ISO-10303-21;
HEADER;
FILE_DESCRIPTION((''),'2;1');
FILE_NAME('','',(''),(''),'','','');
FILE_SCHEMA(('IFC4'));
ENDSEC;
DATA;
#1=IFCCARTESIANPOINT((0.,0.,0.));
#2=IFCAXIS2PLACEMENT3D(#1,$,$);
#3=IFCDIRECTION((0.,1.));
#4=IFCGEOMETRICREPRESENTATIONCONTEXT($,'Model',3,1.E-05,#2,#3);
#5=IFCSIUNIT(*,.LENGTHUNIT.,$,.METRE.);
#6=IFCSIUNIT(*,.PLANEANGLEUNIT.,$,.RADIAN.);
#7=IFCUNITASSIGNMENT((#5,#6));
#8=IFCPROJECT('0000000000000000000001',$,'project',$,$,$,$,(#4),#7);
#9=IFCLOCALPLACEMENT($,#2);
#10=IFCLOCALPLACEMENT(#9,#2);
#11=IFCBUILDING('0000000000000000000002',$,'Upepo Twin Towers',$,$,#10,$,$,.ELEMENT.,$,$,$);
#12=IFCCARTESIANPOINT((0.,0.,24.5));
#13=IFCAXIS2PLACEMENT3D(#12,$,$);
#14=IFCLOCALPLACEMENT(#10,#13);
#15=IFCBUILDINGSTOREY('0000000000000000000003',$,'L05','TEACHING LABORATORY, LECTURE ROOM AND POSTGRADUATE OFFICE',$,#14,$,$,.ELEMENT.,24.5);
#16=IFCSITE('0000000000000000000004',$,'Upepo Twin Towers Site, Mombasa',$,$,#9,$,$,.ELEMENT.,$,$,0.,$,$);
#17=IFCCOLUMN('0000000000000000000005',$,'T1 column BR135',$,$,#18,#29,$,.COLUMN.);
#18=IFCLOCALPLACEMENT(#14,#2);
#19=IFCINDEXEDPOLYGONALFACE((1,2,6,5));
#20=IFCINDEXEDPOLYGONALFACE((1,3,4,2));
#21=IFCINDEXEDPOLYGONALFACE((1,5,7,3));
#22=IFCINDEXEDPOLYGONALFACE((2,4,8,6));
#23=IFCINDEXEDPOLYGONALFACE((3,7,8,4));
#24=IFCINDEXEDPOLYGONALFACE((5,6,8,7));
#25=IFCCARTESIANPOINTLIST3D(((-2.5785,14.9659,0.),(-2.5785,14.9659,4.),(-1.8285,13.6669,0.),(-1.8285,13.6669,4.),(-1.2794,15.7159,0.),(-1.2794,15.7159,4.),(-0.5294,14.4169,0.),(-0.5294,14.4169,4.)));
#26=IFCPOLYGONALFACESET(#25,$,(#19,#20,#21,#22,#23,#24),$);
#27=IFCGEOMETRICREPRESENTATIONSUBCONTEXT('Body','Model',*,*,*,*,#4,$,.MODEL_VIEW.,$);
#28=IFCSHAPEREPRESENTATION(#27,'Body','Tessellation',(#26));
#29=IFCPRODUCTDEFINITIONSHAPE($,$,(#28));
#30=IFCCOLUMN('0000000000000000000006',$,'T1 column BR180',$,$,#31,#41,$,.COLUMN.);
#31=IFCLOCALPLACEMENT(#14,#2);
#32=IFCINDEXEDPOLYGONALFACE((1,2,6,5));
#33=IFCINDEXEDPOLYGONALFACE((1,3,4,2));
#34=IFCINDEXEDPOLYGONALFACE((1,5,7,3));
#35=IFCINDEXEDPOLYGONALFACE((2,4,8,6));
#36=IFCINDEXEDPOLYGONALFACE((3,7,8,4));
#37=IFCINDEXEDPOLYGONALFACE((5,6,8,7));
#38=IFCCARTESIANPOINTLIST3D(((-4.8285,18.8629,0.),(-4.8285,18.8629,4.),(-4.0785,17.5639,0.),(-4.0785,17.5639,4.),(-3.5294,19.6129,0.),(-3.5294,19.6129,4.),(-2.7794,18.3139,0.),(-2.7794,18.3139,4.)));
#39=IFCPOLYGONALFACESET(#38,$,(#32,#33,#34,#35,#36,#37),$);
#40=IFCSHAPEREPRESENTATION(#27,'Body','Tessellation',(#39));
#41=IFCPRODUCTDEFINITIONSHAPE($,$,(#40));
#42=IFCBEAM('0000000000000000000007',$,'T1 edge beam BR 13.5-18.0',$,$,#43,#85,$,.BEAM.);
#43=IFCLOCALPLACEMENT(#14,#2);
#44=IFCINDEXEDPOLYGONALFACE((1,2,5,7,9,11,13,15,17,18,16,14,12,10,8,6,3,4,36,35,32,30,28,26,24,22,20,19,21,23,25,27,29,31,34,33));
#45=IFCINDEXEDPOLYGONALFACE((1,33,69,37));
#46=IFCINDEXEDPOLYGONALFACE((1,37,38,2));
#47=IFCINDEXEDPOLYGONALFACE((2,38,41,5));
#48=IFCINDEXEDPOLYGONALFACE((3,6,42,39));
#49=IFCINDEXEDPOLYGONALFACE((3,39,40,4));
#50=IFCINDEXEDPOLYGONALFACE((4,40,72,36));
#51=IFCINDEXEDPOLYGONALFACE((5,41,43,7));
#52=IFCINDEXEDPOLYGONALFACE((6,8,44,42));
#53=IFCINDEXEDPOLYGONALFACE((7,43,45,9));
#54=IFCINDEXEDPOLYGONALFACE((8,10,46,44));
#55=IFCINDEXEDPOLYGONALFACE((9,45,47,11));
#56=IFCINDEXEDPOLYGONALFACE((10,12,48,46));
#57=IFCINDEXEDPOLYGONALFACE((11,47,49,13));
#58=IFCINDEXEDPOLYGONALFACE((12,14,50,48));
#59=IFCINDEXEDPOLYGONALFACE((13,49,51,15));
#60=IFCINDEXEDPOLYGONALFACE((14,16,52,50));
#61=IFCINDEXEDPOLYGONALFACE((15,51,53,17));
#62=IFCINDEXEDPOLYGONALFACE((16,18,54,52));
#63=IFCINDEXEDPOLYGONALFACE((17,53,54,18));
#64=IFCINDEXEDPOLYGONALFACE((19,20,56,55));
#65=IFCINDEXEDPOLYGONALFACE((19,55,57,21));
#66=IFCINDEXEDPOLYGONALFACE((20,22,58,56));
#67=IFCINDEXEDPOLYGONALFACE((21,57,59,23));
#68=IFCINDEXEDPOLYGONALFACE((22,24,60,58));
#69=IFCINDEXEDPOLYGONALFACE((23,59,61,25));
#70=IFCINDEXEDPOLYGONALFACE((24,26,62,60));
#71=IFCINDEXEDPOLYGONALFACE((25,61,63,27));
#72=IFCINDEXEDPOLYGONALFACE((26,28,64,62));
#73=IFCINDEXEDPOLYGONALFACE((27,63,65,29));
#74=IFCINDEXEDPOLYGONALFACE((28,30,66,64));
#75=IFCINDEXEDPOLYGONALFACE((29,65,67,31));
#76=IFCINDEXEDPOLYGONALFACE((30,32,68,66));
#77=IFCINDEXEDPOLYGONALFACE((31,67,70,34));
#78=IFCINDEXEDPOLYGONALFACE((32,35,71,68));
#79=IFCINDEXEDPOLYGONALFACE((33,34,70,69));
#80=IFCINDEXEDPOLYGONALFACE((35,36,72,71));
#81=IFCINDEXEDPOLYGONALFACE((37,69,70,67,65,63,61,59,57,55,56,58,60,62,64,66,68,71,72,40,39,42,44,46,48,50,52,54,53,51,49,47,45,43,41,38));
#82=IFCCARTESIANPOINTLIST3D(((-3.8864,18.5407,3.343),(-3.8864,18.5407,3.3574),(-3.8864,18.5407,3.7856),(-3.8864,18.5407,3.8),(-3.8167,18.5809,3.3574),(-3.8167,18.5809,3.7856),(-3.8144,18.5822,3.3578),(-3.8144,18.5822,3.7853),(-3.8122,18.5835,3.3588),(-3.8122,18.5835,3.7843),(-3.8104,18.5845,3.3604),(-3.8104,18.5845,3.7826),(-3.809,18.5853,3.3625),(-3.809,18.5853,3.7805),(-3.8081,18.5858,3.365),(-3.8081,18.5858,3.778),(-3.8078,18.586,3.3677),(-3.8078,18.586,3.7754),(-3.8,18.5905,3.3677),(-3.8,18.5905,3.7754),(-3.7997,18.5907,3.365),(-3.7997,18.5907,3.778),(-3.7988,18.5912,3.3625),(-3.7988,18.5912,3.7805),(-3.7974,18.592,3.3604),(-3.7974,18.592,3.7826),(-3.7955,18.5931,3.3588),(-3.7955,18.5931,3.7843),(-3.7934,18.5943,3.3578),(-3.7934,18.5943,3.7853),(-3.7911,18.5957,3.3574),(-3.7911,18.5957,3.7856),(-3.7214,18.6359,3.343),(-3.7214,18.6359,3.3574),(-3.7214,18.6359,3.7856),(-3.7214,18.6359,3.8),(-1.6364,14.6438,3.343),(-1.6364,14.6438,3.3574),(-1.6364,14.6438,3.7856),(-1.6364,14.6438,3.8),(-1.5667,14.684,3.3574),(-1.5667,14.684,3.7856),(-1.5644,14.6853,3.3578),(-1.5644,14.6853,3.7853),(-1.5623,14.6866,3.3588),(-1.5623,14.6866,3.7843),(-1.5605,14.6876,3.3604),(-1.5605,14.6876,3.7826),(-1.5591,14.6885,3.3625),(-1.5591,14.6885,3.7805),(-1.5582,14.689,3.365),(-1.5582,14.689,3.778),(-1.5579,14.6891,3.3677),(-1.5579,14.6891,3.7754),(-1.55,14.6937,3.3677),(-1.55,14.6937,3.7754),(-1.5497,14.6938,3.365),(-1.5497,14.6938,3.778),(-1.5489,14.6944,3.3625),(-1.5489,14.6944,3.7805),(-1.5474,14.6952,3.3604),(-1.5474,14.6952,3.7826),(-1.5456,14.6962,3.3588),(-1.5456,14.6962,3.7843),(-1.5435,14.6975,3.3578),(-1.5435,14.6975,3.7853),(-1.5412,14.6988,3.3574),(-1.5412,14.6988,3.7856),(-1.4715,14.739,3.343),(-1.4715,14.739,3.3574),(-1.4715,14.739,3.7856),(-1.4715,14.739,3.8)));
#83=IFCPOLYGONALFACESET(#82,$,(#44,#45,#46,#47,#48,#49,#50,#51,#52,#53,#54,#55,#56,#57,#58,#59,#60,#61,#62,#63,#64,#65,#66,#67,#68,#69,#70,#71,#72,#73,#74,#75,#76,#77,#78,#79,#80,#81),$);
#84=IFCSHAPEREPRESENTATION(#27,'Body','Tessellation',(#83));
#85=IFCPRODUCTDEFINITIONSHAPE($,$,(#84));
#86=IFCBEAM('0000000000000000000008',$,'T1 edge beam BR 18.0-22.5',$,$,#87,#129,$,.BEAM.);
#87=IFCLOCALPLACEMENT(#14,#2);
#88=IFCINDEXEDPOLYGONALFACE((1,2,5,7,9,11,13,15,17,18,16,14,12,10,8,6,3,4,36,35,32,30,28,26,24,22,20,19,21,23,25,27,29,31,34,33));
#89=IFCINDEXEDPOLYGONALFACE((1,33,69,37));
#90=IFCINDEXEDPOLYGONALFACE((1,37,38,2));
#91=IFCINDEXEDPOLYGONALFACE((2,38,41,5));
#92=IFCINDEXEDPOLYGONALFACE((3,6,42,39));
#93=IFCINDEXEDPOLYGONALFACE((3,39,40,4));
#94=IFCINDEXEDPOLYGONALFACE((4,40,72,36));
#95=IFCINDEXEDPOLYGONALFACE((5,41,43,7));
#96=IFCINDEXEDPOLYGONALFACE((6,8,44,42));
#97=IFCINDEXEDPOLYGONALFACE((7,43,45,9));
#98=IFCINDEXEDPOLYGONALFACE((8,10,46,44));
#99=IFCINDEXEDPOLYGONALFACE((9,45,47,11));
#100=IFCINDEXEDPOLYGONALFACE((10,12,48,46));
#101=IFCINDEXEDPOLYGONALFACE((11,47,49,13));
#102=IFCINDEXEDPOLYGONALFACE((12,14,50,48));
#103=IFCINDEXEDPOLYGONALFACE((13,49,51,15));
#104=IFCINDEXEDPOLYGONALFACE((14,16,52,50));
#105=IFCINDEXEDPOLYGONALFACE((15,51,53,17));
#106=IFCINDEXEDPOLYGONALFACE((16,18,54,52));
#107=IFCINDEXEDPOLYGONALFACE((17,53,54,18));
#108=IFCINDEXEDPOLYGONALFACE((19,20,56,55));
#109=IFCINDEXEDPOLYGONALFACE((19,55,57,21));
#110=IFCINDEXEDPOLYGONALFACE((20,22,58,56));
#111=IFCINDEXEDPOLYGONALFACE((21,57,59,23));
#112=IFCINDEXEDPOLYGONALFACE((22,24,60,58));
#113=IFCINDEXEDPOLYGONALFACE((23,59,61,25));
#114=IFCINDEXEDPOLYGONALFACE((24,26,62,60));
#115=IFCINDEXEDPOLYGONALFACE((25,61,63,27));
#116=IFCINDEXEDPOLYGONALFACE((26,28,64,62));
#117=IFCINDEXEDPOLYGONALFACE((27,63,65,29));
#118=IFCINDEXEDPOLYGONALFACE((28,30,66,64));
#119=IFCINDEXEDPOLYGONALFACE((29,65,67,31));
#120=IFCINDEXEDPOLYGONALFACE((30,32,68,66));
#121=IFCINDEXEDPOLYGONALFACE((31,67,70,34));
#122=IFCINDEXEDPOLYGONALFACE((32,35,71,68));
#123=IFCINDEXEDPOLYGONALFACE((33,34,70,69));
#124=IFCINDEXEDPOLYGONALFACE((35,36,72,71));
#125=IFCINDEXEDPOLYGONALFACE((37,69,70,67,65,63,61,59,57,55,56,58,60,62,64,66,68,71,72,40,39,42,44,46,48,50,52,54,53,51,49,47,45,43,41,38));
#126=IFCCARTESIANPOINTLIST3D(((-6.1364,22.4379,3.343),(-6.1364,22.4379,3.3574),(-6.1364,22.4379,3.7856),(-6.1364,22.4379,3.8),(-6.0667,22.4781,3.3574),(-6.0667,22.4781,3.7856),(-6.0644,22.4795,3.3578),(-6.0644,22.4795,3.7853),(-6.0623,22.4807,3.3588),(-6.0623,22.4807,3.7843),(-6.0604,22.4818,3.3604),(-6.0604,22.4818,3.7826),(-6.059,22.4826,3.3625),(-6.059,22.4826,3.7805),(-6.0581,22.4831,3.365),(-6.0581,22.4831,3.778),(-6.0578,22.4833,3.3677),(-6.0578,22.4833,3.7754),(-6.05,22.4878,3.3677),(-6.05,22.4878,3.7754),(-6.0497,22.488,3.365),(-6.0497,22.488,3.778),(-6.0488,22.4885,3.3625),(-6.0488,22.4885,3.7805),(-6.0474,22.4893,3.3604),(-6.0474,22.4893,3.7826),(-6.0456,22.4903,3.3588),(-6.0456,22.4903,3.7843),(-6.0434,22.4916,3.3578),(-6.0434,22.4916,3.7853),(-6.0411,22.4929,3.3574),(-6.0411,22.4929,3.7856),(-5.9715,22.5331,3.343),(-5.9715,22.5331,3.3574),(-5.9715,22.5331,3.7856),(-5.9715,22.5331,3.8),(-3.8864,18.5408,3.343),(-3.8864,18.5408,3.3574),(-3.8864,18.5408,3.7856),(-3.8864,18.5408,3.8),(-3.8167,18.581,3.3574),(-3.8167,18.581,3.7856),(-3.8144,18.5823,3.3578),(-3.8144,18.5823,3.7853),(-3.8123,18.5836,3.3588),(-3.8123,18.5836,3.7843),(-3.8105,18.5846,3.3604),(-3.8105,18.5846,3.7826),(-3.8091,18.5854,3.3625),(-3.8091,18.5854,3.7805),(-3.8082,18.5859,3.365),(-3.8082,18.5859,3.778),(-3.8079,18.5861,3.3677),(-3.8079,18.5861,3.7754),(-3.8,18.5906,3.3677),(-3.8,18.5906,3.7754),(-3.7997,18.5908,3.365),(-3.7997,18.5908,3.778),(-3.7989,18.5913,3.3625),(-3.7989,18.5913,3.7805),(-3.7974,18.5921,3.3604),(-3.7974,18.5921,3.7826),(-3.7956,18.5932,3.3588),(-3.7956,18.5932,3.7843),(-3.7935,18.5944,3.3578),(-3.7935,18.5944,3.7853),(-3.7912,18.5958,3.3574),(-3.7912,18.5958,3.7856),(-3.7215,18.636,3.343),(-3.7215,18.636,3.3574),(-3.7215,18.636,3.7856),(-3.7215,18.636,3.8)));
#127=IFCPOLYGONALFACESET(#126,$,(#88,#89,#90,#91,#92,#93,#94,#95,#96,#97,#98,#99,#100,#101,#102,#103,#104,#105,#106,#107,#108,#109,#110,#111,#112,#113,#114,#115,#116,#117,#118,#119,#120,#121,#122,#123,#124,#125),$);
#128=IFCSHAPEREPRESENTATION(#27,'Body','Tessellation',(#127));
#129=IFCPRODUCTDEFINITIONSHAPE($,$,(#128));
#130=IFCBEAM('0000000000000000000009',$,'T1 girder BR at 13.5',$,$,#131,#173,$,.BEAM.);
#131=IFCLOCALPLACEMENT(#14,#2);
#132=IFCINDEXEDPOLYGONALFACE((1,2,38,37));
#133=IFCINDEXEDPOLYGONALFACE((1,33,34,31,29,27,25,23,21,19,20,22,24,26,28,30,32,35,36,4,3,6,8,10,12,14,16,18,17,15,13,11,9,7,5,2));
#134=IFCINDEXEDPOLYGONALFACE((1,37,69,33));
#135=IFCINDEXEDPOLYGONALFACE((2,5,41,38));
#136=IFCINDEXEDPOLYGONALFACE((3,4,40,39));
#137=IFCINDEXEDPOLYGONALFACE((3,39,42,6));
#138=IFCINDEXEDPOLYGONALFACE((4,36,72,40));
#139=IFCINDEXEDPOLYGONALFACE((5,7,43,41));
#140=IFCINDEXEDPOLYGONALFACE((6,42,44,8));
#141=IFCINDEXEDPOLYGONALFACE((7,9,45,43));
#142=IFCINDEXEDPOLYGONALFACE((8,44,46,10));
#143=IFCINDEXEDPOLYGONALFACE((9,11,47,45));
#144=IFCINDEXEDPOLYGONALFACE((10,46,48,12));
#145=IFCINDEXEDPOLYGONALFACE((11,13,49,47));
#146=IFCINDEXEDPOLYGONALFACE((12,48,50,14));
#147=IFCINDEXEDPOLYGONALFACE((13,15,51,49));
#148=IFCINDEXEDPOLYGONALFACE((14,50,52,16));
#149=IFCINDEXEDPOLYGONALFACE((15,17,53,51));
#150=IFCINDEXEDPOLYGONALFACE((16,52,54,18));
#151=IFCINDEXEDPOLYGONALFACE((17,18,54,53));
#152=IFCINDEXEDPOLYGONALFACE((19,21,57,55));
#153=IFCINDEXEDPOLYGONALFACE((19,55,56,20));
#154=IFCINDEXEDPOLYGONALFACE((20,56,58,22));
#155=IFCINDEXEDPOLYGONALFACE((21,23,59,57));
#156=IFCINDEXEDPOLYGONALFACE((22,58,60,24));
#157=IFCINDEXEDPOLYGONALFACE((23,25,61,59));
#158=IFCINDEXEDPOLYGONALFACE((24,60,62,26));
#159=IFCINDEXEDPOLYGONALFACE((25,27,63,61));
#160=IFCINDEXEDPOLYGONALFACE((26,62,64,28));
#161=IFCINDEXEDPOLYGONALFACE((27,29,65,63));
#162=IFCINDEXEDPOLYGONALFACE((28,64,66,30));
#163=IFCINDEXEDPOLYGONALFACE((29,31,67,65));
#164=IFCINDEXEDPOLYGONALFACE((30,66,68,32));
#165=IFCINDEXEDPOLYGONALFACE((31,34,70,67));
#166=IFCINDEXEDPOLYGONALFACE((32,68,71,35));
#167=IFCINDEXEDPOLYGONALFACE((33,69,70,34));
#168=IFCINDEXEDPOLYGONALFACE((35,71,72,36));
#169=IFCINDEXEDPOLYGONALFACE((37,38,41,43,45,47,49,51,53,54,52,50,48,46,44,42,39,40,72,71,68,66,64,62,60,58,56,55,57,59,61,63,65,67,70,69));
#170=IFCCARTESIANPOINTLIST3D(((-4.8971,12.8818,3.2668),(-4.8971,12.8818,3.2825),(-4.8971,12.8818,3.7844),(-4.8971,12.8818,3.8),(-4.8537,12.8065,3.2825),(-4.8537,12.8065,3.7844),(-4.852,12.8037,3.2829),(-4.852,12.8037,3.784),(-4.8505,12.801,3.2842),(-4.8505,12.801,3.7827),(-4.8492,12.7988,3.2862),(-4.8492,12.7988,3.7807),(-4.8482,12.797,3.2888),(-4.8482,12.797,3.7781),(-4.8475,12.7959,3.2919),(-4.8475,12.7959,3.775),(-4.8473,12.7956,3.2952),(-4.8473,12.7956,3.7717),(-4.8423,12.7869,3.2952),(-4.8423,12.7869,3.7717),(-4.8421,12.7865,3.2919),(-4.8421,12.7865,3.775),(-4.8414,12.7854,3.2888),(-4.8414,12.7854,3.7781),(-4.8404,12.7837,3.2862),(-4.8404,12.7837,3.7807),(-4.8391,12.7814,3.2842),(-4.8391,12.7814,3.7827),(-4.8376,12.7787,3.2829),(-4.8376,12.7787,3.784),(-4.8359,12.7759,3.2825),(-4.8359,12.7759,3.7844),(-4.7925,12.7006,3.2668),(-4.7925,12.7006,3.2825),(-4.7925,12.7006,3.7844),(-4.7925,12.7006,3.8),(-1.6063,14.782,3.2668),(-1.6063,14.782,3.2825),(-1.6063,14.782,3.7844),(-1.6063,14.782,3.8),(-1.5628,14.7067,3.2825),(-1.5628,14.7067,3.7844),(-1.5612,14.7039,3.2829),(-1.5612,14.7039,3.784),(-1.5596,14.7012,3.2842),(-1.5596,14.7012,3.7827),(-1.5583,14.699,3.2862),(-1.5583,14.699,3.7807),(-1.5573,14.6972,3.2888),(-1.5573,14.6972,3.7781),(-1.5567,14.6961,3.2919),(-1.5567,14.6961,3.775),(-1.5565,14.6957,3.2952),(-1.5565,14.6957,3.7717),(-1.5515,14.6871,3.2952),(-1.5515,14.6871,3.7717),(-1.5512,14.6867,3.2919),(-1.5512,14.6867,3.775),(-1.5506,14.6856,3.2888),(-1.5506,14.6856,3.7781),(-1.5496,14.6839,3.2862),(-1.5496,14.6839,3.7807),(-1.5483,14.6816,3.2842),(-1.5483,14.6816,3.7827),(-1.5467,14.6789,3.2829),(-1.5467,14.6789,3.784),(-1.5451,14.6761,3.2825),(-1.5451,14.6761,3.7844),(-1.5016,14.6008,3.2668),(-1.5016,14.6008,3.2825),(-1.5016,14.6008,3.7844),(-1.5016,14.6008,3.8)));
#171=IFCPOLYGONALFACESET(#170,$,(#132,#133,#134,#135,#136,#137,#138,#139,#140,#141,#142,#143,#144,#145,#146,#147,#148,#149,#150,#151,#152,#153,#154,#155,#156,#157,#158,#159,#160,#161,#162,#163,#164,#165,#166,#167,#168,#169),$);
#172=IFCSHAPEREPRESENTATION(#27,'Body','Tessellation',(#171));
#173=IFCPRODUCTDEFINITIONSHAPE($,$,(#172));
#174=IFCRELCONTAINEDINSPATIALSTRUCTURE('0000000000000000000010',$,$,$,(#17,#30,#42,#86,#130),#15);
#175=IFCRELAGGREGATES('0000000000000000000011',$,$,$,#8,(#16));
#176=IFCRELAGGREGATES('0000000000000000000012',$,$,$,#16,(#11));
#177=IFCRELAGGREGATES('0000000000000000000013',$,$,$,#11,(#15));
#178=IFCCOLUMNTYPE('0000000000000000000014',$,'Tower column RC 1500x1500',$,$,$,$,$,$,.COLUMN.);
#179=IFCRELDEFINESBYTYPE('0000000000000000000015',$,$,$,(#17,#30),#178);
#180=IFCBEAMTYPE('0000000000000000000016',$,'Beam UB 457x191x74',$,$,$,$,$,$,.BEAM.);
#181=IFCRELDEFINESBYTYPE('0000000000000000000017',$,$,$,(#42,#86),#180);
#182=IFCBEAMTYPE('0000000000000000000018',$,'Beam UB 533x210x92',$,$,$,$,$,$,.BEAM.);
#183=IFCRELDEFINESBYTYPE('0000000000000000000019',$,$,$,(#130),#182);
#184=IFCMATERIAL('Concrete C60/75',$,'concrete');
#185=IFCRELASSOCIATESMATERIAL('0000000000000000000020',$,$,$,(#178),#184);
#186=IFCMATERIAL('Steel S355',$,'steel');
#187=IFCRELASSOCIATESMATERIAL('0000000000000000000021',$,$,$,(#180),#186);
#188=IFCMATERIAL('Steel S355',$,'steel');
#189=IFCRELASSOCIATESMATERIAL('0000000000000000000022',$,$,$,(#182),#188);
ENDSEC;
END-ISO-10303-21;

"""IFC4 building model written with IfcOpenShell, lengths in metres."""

from ifc_helpers import new_model, si_unit, direction, frame, origin, origin_2d, place, context, subcontext, project, spatial, rectangle, i_section, extrude, material, material_profile, profile_set, type_object, element, save


model = new_model("IFC4")

# Units and contexts
model_context = context("Model", 3, precision=1e-05, world=origin(), true_north=direction((0.0, 1.0)))
body_context = subcontext(model_context, "Body", "Model", "MODEL_VIEW")
ifc_project = project(units=[si_unit("LENGTHUNIT", "METRE"), si_unit("PLANEANGLEUNIT", "RADIAN")], contexts=[model_context])

# Site, building, storey
site_placement = place(None, origin())
site = spatial("IfcSite", under=ifc_project, at=site_placement, Name="Upepo Twin Towers Site, Mombasa", CompositionType="ELEMENT", RefElevation=0.0)
building_placement = place(site_placement, origin())
building = spatial("IfcBuilding", under=site, at=building_placement, Name="Upepo Twin Towers", CompositionType="ELEMENT")
storey_placement = place(building_placement, frame((0.0, 0.0, 24.5)))
storey = spatial("IfcBuildingStorey", under=building, at=storey_placement, Name="L05", Description="TEACHING LABORATORY, LECTURE ROOM AND POSTGRADUATE OFFICE", CompositionType="ELEMENT", Elevation=24.5)

# Columns
ifc_material_1 = material(Name="Concrete C60/75", Category="concrete")
ifc_material_profile_1 = material_profile(ifc_material_1, rectangle(XDim=1.5, YDim=1.5, at=origin_2d()), Name="RC 1500x1500")
ifc_profile_set_1 = profile_set([ifc_material_profile_1], Name="Concrete C60/75")
column_type = type_object("IfcColumnType", Name="Tower column RC 1500x1500", PredefinedType="COLUMN", material=ifc_profile_set_1)
for number, where, z_axis, x_axis, name in (
    (1, (-1.554, 14.6914, 0.0), (0.0, 0.0, 1.0), (0.866025, 0.5, 0.0), "T1 column BR135"),
    (2, (-3.804, 18.5884, 0.0), (0.0, 0.0, 1.0), (0.866025, 0.5, 0.0), "T1 column BR180"),
):
    element("IfcColumn", number, at=place(storey_placement, frame(where, z_axis=z_axis, x_axis=x_axis)), inside=storey, type_object=column_type, Name=name, PredefinedType="COLUMN", context=body_context, shape_type="SweptSolid", body=[
        extrude(rectangle(XDim=1.5, YDim=1.5, at=origin_2d()), origin(), (0.0, 0.0, 1.0), 4.0),
    ])

# Beams
ifc_material_2 = material(Name="Steel S355", Category="steel")
ifc_material_profile_2 = material_profile(ifc_material_2, i_section(OverallWidth=0.1904, OverallDepth=0.457, WebThickness=0.009, FlangeThickness=0.0144, FilletRadius=0.0103, at=origin_2d()), Name="UB 457x191x74")
ifc_profile_set_2 = profile_set([ifc_material_profile_2], Name="Steel S355")
beam_type_1 = type_object("IfcBeamType", Name="Beam UB 457x191x74", PredefinedType="BEAM", material=ifc_profile_set_2)
beam_1_placement = place(storey_placement, frame((-1.554, 14.6914, 3.5715), z_axis=(-0.500014, 0.866018, 0.0), x_axis=(-0.866018, -0.500014, 0.0)))
element("IfcBeam", 3, at=beam_1_placement, inside=storey, type_object=beam_type_1, Name="T1 edge beam BR 13.5-18.0", PredefinedType="BEAM", context=body_context, shape_type="SweptSolid", body=[
    extrude(i_section(OverallWidth=0.1904, OverallDepth=0.457, WebThickness=0.009, FlangeThickness=0.0144, FilletRadius=0.0103, at=origin_2d()), origin(), (0.0, 0.0, 1.0), 4.4998),
])
beam_2_placement = place(storey_placement, frame((-3.804, 18.5884, 3.5715), z_axis=(-0.49999, 0.866031, 0.0), x_axis=(-0.866031, -0.49999, 0.0)))
element("IfcBeam", 4, at=beam_2_placement, inside=storey, type_object=beam_type_1, Name="T1 edge beam BR 18.0-22.5", PredefinedType="BEAM", context=body_context, shape_type="SweptSolid", body=[
    extrude(i_section(OverallWidth=0.1904, OverallDepth=0.457, WebThickness=0.009, FlangeThickness=0.0144, FilletRadius=0.0103, at=origin_2d()), origin(), (0.0, 0.0, 1.0), 4.5),
])
ifc_material_3 = material(Name="Steel S355", Category="steel")
ifc_material_profile_3 = material_profile(ifc_material_3, i_section(OverallWidth=0.2092, OverallDepth=0.5332, WebThickness=0.01, FlangeThickness=0.0156, FilletRadius=0.0127, at=origin_2d()), Name="UB 533x210x92")
ifc_profile_set_3 = profile_set([ifc_material_profile_3], Name="Steel S355")
beam_type_2 = type_object("IfcBeamType", Name="Beam UB 533x210x92", PredefinedType="BEAM", material=ifc_profile_set_3)
beam_3_placement = place(storey_placement, frame((-1.554, 14.6914, 3.5334), z_axis=(-0.866, -0.500043, 0.0), x_axis=(0.500043, -0.866, 0.0)))
element("IfcBeam", 5, at=beam_3_placement, inside=storey, type_object=beam_type_2, Name="T1 girder BR at 13.5", PredefinedType="BEAM", context=body_context, shape_type="SweptSolid", body=[
    extrude(i_section(OverallWidth=0.2092, OverallDepth=0.5332, WebThickness=0.01, FlangeThickness=0.0156, FilletRadius=0.0127, at=origin_2d()), origin(), (0.0, 0.0, 1.0), 3.8),
])

save(model, "model.ifc")
